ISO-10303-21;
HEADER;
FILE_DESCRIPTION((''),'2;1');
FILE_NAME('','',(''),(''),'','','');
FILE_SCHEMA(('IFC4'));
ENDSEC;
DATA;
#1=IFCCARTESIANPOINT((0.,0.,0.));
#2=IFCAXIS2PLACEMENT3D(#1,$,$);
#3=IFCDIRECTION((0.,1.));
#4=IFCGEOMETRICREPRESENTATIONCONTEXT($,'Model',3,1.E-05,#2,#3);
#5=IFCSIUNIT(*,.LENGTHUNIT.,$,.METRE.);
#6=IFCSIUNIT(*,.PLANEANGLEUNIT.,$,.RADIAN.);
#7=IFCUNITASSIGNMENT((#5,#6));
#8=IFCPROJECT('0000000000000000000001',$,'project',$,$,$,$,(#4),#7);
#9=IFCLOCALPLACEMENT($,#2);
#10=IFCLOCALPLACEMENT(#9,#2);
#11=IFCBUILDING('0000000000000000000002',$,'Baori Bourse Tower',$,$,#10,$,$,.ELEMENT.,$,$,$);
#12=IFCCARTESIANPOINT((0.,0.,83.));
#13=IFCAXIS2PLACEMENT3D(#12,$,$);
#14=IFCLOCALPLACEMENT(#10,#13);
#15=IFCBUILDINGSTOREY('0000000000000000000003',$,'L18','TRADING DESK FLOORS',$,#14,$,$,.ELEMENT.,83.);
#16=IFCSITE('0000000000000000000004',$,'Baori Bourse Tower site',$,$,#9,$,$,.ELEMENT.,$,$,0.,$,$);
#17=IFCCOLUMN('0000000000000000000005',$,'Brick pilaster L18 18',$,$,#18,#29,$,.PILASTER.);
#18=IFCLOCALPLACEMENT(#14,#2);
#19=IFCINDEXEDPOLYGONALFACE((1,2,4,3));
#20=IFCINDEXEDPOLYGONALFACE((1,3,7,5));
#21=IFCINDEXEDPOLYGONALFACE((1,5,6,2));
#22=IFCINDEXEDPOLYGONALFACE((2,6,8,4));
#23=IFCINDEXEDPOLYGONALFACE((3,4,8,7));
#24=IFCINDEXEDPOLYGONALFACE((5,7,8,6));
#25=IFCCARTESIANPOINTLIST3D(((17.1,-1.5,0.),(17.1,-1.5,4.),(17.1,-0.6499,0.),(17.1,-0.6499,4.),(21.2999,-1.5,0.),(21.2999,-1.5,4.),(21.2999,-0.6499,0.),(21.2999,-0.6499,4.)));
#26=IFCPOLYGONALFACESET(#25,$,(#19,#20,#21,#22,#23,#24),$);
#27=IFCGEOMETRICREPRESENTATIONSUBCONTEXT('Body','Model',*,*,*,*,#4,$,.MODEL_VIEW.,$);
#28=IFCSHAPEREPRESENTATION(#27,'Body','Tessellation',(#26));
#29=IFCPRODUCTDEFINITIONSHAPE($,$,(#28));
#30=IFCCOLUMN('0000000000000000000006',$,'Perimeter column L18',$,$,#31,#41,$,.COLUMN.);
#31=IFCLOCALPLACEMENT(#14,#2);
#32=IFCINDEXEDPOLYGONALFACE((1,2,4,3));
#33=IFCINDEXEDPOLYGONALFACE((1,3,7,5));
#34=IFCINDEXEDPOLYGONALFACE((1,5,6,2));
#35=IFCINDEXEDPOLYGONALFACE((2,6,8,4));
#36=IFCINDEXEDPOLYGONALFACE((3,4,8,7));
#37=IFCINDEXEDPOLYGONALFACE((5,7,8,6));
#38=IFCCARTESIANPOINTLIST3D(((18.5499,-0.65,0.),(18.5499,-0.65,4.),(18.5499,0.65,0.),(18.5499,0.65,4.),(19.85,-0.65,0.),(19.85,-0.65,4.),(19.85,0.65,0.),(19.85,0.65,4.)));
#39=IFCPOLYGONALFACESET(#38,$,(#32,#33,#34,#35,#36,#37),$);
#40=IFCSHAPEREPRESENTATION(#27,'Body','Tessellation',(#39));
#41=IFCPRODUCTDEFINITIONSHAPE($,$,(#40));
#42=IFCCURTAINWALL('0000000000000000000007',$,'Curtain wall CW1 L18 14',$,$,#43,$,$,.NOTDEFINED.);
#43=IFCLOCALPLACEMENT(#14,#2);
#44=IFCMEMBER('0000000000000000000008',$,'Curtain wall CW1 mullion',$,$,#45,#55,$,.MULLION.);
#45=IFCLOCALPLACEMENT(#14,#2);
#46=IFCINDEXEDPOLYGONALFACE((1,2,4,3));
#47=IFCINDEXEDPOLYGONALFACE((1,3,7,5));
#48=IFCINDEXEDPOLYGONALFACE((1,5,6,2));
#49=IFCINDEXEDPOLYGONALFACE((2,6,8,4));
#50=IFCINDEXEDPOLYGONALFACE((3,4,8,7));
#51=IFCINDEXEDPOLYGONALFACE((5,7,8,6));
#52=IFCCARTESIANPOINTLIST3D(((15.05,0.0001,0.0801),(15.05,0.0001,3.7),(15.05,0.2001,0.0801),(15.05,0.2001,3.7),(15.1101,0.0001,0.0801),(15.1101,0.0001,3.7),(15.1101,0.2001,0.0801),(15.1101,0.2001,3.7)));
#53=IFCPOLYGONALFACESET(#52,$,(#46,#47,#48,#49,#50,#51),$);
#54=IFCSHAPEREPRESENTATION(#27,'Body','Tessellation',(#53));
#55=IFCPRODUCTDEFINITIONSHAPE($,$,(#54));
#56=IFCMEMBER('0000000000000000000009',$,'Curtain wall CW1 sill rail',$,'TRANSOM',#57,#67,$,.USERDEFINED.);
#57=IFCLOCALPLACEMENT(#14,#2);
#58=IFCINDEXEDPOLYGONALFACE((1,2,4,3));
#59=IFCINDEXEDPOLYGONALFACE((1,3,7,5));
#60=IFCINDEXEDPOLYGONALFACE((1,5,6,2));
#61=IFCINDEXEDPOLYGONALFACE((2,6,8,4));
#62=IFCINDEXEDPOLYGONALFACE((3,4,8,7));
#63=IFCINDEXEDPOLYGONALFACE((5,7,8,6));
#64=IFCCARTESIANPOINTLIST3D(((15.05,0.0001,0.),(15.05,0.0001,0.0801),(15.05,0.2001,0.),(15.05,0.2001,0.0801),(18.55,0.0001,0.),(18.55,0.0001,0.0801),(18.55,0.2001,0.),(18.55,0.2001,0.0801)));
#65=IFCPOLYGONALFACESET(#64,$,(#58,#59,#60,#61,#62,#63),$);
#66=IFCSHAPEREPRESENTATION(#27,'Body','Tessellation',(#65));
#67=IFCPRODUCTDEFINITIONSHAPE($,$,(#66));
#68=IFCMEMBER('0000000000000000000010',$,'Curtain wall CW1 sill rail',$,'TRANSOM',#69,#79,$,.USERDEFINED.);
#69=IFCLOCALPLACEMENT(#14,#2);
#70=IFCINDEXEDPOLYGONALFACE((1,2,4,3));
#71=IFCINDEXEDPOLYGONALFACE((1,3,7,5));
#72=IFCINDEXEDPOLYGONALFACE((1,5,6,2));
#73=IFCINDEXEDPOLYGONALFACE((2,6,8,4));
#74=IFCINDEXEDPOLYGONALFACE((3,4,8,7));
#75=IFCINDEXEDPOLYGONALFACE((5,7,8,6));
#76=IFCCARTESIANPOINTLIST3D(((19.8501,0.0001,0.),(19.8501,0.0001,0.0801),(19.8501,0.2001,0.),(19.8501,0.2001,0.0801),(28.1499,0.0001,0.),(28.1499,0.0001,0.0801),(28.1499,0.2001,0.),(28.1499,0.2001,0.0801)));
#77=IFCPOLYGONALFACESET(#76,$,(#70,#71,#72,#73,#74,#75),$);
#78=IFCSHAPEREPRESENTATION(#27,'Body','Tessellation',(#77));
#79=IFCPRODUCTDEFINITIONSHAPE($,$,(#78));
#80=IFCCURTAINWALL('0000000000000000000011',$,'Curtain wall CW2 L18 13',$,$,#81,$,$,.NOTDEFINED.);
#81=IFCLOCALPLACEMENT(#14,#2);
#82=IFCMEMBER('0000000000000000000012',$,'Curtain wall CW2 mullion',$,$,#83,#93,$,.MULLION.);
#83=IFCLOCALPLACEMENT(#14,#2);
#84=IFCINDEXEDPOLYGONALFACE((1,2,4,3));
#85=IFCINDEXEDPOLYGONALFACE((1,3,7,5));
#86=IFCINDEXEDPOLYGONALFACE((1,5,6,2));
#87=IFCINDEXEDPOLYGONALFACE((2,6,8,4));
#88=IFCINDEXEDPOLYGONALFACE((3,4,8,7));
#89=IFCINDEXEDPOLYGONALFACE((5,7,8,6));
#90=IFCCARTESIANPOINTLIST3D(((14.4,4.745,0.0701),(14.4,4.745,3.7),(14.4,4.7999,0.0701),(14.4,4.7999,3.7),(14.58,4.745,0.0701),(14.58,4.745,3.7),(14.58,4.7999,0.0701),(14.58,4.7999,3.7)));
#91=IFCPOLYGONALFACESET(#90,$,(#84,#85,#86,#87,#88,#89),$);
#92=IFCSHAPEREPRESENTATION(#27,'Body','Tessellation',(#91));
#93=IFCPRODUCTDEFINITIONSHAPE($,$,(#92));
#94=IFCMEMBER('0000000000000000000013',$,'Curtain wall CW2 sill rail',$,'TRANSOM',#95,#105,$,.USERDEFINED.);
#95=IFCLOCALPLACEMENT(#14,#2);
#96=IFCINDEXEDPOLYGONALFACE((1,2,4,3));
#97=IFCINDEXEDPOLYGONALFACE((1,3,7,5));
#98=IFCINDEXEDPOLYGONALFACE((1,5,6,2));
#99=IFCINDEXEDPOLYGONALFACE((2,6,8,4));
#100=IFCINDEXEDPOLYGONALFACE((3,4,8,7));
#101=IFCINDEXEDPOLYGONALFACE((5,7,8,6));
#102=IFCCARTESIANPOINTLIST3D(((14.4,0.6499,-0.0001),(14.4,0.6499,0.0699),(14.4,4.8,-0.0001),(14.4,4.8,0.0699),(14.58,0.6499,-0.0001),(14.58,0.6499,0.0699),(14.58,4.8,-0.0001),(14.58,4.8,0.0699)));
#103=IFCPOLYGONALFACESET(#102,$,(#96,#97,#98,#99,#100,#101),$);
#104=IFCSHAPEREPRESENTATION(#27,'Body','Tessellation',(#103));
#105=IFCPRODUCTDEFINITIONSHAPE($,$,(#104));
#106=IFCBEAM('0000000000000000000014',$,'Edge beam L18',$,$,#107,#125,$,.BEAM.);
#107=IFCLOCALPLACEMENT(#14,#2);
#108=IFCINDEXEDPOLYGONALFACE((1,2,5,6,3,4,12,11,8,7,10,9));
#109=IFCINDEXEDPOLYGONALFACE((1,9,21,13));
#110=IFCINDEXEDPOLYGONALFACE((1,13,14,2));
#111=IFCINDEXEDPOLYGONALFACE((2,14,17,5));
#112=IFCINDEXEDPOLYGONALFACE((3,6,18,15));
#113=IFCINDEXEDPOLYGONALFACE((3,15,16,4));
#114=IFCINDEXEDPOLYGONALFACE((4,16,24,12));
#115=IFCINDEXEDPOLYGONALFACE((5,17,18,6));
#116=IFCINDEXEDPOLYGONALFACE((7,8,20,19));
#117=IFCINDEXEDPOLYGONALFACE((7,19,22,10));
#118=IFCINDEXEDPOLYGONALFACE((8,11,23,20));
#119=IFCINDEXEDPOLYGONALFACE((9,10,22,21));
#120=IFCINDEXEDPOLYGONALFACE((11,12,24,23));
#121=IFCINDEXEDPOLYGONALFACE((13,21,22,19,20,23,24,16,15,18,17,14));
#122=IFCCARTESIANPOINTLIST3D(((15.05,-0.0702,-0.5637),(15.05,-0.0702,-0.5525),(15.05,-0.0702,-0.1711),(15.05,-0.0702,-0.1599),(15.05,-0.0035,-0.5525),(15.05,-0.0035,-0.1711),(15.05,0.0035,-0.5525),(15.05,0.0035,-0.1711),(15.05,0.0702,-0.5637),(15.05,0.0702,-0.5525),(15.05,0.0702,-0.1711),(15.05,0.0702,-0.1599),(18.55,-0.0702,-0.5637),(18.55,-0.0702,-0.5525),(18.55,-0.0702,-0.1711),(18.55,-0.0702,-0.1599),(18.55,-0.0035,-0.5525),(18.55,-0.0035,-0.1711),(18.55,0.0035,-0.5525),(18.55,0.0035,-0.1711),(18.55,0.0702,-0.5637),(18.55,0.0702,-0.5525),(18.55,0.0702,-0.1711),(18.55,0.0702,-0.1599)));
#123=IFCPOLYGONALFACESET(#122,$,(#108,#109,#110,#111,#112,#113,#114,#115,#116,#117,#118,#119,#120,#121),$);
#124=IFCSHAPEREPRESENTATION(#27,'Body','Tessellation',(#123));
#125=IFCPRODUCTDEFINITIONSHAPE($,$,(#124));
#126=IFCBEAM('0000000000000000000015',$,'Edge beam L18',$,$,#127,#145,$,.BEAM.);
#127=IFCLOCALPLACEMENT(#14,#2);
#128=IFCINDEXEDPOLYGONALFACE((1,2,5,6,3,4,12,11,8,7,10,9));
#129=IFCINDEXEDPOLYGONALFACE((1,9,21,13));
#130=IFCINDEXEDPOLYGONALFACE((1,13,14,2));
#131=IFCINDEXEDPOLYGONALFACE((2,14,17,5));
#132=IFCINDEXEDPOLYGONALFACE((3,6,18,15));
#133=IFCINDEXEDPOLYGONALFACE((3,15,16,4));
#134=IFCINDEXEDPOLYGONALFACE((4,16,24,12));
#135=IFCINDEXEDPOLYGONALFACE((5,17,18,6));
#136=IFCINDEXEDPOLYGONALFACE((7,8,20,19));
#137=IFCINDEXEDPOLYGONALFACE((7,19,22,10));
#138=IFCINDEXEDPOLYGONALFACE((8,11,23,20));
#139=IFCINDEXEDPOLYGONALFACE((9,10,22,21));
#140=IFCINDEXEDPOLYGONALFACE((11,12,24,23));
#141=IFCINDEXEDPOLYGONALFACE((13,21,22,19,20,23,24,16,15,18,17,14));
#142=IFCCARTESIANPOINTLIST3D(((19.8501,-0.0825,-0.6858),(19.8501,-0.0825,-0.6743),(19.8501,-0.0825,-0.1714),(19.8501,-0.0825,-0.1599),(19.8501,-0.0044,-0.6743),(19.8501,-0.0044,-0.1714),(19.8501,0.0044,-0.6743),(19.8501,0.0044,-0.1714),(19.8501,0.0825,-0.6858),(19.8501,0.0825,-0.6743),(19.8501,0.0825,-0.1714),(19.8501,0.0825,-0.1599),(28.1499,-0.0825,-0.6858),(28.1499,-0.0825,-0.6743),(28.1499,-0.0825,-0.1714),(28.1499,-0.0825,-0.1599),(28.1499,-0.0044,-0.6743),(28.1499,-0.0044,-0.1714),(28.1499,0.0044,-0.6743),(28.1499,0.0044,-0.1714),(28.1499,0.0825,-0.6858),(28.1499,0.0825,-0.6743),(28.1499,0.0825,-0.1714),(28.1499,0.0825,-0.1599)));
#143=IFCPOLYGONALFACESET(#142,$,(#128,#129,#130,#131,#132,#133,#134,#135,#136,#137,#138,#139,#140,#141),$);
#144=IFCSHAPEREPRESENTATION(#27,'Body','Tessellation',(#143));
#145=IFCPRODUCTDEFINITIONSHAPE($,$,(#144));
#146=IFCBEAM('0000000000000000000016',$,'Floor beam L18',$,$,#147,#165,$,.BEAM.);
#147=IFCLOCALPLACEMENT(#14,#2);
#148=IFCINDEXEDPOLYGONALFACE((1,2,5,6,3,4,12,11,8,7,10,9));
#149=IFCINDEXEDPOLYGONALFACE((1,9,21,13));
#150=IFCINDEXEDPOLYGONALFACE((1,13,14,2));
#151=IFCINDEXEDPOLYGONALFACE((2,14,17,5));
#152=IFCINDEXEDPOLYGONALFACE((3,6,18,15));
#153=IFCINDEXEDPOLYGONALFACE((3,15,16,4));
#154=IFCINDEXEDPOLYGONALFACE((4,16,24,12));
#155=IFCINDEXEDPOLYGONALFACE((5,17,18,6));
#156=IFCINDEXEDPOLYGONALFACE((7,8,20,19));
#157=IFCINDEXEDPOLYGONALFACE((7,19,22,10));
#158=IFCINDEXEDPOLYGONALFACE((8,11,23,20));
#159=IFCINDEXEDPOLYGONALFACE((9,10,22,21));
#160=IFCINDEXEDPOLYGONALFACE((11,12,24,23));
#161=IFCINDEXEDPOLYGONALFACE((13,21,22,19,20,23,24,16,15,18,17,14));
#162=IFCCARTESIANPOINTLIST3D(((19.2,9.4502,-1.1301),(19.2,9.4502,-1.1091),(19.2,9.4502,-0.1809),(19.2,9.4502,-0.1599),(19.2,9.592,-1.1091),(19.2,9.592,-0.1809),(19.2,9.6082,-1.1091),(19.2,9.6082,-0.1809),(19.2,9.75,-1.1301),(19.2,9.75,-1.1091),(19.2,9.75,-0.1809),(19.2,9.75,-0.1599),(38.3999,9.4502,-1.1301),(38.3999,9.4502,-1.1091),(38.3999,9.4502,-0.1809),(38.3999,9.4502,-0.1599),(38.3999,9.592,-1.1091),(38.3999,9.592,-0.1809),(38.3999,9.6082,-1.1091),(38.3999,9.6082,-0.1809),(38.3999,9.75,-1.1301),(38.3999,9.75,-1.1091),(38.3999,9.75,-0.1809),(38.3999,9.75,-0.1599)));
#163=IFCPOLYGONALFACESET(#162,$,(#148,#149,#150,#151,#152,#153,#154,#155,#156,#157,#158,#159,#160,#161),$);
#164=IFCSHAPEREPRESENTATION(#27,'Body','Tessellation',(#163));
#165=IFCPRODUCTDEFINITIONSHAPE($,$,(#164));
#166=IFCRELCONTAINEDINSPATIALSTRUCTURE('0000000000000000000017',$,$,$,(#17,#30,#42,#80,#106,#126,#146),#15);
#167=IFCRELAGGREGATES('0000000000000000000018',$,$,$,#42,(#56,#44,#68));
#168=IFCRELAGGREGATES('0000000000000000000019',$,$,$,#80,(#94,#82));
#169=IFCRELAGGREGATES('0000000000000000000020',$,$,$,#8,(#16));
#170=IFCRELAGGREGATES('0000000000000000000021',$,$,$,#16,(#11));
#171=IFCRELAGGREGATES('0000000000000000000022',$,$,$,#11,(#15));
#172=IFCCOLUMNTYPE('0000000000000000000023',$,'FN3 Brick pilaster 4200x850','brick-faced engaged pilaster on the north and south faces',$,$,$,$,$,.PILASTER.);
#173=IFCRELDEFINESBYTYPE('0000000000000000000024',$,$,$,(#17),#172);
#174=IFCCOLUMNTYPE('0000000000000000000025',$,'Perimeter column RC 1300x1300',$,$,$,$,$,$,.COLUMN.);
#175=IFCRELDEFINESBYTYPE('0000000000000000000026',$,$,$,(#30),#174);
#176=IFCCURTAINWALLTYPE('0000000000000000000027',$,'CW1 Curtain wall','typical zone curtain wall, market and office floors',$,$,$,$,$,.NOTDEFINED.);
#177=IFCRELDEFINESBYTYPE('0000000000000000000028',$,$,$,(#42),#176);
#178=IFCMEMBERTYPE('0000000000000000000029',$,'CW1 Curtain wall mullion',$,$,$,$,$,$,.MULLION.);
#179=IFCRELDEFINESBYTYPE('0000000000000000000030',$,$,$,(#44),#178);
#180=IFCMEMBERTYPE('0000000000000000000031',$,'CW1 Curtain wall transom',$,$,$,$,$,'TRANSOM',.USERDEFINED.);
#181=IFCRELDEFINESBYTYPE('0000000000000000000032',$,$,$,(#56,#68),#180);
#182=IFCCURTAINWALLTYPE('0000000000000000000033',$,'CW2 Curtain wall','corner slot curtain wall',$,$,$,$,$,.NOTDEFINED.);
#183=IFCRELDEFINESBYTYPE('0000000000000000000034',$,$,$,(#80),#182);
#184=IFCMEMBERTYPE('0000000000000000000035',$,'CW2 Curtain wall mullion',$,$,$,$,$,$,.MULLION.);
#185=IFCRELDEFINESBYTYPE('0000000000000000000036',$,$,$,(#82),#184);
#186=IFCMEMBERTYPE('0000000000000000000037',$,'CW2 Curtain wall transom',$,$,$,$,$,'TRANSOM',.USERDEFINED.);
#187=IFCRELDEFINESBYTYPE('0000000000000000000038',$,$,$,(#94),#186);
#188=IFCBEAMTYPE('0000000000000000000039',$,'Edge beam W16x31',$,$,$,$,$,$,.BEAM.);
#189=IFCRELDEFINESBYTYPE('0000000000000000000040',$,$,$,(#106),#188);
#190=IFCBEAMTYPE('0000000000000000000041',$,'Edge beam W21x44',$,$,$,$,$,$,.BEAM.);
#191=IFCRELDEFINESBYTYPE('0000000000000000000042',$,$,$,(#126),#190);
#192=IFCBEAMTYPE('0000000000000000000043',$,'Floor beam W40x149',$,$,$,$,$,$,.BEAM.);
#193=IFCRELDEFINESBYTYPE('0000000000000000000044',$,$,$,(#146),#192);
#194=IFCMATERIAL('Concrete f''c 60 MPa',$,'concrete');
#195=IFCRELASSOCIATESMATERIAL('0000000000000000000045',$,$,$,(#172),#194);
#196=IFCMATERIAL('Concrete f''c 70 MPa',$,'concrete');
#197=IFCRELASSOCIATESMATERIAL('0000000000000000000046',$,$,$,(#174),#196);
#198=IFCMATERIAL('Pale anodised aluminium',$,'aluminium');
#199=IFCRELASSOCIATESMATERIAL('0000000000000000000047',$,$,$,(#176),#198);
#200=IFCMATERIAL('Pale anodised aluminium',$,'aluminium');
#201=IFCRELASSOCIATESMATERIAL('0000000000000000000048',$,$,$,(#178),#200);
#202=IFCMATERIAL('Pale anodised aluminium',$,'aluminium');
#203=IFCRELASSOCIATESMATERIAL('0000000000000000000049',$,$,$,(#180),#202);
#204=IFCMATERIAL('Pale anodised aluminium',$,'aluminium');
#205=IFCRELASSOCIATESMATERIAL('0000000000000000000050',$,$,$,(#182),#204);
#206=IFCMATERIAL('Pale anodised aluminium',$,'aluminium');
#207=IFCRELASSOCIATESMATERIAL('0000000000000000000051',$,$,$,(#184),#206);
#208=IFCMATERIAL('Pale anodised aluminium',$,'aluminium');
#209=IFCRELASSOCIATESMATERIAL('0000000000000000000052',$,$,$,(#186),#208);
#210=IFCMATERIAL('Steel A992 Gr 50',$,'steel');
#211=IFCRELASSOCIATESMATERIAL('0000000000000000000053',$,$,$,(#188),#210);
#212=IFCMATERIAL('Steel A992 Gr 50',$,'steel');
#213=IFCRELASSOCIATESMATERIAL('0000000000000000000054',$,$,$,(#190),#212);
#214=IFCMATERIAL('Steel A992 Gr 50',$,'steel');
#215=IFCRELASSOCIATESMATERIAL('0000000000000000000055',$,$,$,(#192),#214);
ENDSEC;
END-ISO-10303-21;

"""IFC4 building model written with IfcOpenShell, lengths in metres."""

from ifc_helpers import new_model, si_unit, direction, frame, origin, origin_2d, place, context, subcontext, project, spatial, rectangle, i_section, extrude, material, material_profile, profile_set, type_object, element, aggregate, save


model = new_model("IFC4")

# Units and contexts
model_context = context("Model", 3, precision=1e-05, world=origin(), true_north=direction((0.0, 1.0)))
body_context = subcontext(model_context, "Body", "Model", "MODEL_VIEW")
ifc_project = project(units=[si_unit("LENGTHUNIT", "METRE"), si_unit("PLANEANGLEUNIT", "RADIAN")], contexts=[model_context])

# Site, building, storey
site_placement = place(None, origin())
site = spatial("IfcSite", under=ifc_project, at=site_placement, Name="Baori Bourse Tower site", CompositionType="ELEMENT", RefElevation=0.0)
building_placement = place(site_placement, origin())
building = spatial("IfcBuilding", under=site, at=building_placement, Name="Baori Bourse Tower", CompositionType="ELEMENT")
storey_placement = place(building_placement, frame((0.0, 0.0, 83.0)))
storey = spatial("IfcBuildingStorey", under=building, at=storey_placement, Name="L18", Description="TRADING DESK FLOORS", CompositionType="ELEMENT", Elevation=83.0)

# Columns
ifc_material_1 = material(Name="Concrete f'c 60 MPa", Category="concrete")
ifc_material_profile_1 = material_profile(ifc_material_1, rectangle(XDim=4.2, YDim=0.8501, at=origin_2d()), Name="RC 4200x850")
ifc_profile_set_1 = profile_set([ifc_material_profile_1], Name="Concrete f'c 60 MPa")
column_type_1 = type_object("IfcColumnType", Name="FN3 Brick pilaster 4200x850", Description="brick-faced engaged pilaster on the north and south faces", PredefinedType="PILASTER", material=ifc_profile_set_1)
column_1_placement = place(storey_placement, frame((19.2, -1.075, 0.0), z_axis=(0.0, 0.0, 1.0), x_axis=(1.0, 0.0, 0.0)))
element("IfcColumn", 1, at=column_1_placement, inside=storey, type_object=column_type_1, Name="Brick pilaster L18 18", PredefinedType="PILASTER", context=body_context, shape_type="SweptSolid", body=[
    extrude(rectangle(XDim=4.2, YDim=0.8501, at=origin_2d()), origin(), (0.0, 0.0, 1.0), 4.0),
])
ifc_material_2 = material(Name="Concrete f'c 70 MPa", Category="concrete")
ifc_material_profile_2 = material_profile(ifc_material_2, rectangle(XDim=1.3, YDim=1.3, at=origin_2d()), Name="RC 1300x1300")
ifc_profile_set_2 = profile_set([ifc_material_profile_2], Name="Concrete f'c 70 MPa")
column_type_2 = type_object("IfcColumnType", Name="Perimeter column RC 1300x1300", PredefinedType="COLUMN", material=ifc_profile_set_2)
column_2_placement = place(storey_placement, frame((19.2, 0.0, 0.0), z_axis=(0.0, 0.0, 1.0), x_axis=(1.0, 0.0, 0.0)))
element("IfcColumn", 2, at=column_2_placement, inside=storey, type_object=column_type_2, Name="Perimeter column L18", PredefinedType="COLUMN", context=body_context, shape_type="SweptSolid", body=[
    extrude(rectangle(XDim=1.3, YDim=1.3, at=origin_2d()), origin(), (0.0, 0.0, 1.0), 4.0),
])

# Curtain walls, members
ifc_material_3 = material(Name="Pale anodised aluminium", Category="aluminium")
curtain_wall_type_1 = type_object("IfcCurtainWallType", Name="CW1 Curtain wall", Description="typical zone curtain wall, market and office floors", PredefinedType="NOTDEFINED", material=ifc_material_3)
curtain_wall_1_placement = place(storey_placement, origin())
curtain_wall_1 = element("IfcCurtainWall", 3, at=curtain_wall_1_placement, inside=storey, type_object=curtain_wall_type_1, Name="Curtain wall CW1 L18 14", PredefinedType="NOTDEFINED")
ifc_material_4 = material(Name="Pale anodised aluminium", Category="aluminium")
ifc_material_profile_3 = material_profile(ifc_material_4, rectangle(XDim=0.2, YDim=0.0601, at=origin_2d()), Name="Mullion 60x200")
ifc_profile_set_3 = profile_set([ifc_material_profile_3], Name="Pale anodised aluminium")
member_type_1 = type_object("IfcMemberType", Name="CW1 Curtain wall mullion", PredefinedType="MULLION", material=ifc_profile_set_3)
member_1_placement = place(storey_placement, frame((15.0801, 0.1001, 0.0801), z_axis=(0.0, 0.0, 1.0), x_axis=(0.0, 1.0, 0.0)))
member_1 = element("IfcMember", 4, at=member_1_placement, type_object=member_type_1, Name="Curtain wall CW1 mullion", PredefinedType="MULLION", context=body_context, shape_type="SweptSolid", body=[
    extrude(rectangle(XDim=0.2, YDim=0.0601, at=origin_2d()), origin(), (0.0, 0.0, 1.0), 3.6199),
])
ifc_material_5 = material(Name="Pale anodised aluminium", Category="aluminium")
ifc_material_profile_4 = material_profile(ifc_material_5, rectangle(XDim=0.2, YDim=0.0801, at=origin_2d()), Name="Transom 80x200")
ifc_profile_set_4 = profile_set([ifc_material_profile_4], Name="Pale anodised aluminium")
member_type_2 = type_object("IfcMemberType", Name="CW1 Curtain wall transom", ElementType="TRANSOM", PredefinedType="USERDEFINED", material=ifc_profile_set_4)
member_2_placement = place(storey_placement, frame((15.05, 0.1001, 0.04), z_axis=(1.0, 0.0, 0.0), x_axis=(0.0, 1.0, 0.0)))
member_2 = element("IfcMember", 5, at=member_2_placement, type_object=member_type_2, Name="Curtain wall CW1 sill rail", ObjectType="TRANSOM", PredefinedType="USERDEFINED", context=body_context, shape_type="SweptSolid", body=[
    extrude(rectangle(XDim=0.2, YDim=0.0801, at=origin_2d()), origin(), (0.0, 0.0, 1.0), 3.5),
])
member_3_placement = place(storey_placement, frame((19.8501, 0.1001, 0.04), z_axis=(1.0, 0.0, 0.0), x_axis=(0.0, 1.0, 0.0)))
member_3 = element("IfcMember", 6, at=member_3_placement, type_object=member_type_2, Name="Curtain wall CW1 sill rail", ObjectType="TRANSOM", PredefinedType="USERDEFINED", context=body_context, shape_type="SweptSolid", body=[
    extrude(rectangle(XDim=0.2, YDim=0.0801, at=origin_2d()), origin(), (0.0, 0.0, 1.0), 8.2998),
])
ifc_material_6 = material(Name="Pale anodised aluminium", Category="aluminium")
curtain_wall_type_2 = type_object("IfcCurtainWallType", Name="CW2 Curtain wall", Description="corner slot curtain wall", PredefinedType="NOTDEFINED", material=ifc_material_6)
curtain_wall_2_placement = place(storey_placement, origin())
curtain_wall_2 = element("IfcCurtainWall", 7, at=curtain_wall_2_placement, inside=storey, type_object=curtain_wall_type_2, Name="Curtain wall CW2 L18 13", PredefinedType="NOTDEFINED")
ifc_material_7 = material(Name="Pale anodised aluminium", Category="aluminium")
ifc_material_profile_5 = material_profile(ifc_material_7, rectangle(XDim=0.1799, YDim=0.0549, at=origin_2d()), Name="Mullion 55x180")
ifc_profile_set_5 = profile_set([ifc_material_profile_5], Name="Pale anodised aluminium")
member_type_3 = type_object("IfcMemberType", Name="CW2 Curtain wall mullion", PredefinedType="MULLION", material=ifc_profile_set_5)
member_4_placement = place(storey_placement, frame((14.49, 4.7725, 0.0701), z_axis=(0.0, 0.0, 1.0), x_axis=(1.0, 0.0, 0.0)))
member_4 = element("IfcMember", 8, at=member_4_placement, type_object=member_type_3, Name="Curtain wall CW2 mullion", PredefinedType="MULLION", context=body_context, shape_type="SweptSolid", body=[
    extrude(rectangle(XDim=0.1799, YDim=0.0549, at=origin_2d()), origin(), (0.0, 0.0, 1.0), 3.6299),
])
ifc_material_8 = material(Name="Pale anodised aluminium", Category="aluminium")
ifc_material_profile_6 = material_profile(ifc_material_8, rectangle(XDim=0.1799, YDim=0.0701, at=origin_2d()), Name="Transom 70x180")
ifc_profile_set_6 = profile_set([ifc_material_profile_6], Name="Pale anodised aluminium")
member_type_4 = type_object("IfcMemberType", Name="CW2 Curtain wall transom", ElementType="TRANSOM", PredefinedType="USERDEFINED", material=ifc_profile_set_6)
member_5_placement = place(storey_placement, frame((14.49, 4.8, 0.0349), z_axis=(0.0, -1.0, 0.0), x_axis=(1.0, 0.0, 0.0)))
member_5 = element("IfcMember", 9, at=member_5_placement, type_object=member_type_4, Name="Curtain wall CW2 sill rail", ObjectType="TRANSOM", PredefinedType="USERDEFINED", context=body_context, shape_type="SweptSolid", body=[
    extrude(rectangle(XDim=0.1799, YDim=0.0701, at=origin_2d()), origin(), (0.0, 0.0, 1.0), 4.1501),
])

# Beams
ifc_material_9 = material(Name="Steel A992 Gr 50", Category="steel")
ifc_material_profile_7 = material_profile(ifc_material_9, i_section(OverallWidth=0.1404, OverallDepth=0.4038, WebThickness=0.0071, FlangeThickness=0.0112, at=origin_2d()), Name="W16x31")
ifc_profile_set_7 = profile_set([ifc_material_profile_7], Name="Steel A992 Gr 50")
beam_type_1 = type_object("IfcBeamType", Name="Edge beam W16x31", PredefinedType="BEAM", material=ifc_profile_set_7)
beam_1_placement = place(storey_placement, frame((15.05, 0.0, -0.3618), z_axis=(1.0, 0.0, 0.0), x_axis=(0.0, 1.0, 0.0)))
element("IfcBeam", 10, at=beam_1_placement, inside=storey, type_object=beam_type_1, Name="Edge beam L18", PredefinedType="BEAM", context=body_context, shape_type="SweptSolid", body=[
    extrude(i_section(OverallWidth=0.1404, OverallDepth=0.4038, WebThickness=0.0071, FlangeThickness=0.0112, at=origin_2d()), origin(), (0.0, 0.0, 1.0), 3.5),
])
ifc_material_10 = material(Name="Steel A992 Gr 50", Category="steel")
ifc_material_profile_8 = material_profile(ifc_material_10, i_section(OverallWidth=0.165, OverallDepth=0.5259, WebThickness=0.0088, FlangeThickness=0.0115, at=origin_2d()), Name="W21x44")
ifc_profile_set_8 = profile_set([ifc_material_profile_8], Name="Steel A992 Gr 50")
beam_type_2 = type_object("IfcBeamType", Name="Edge beam W21x44", PredefinedType="BEAM", material=ifc_profile_set_8)
beam_2_placement = place(storey_placement, frame((19.8501, 0.0, -0.4229), z_axis=(1.0, 0.0, 0.0), x_axis=(0.0, 1.0, 0.0)))
element("IfcBeam", 11, at=beam_2_placement, inside=storey, type_object=beam_type_2, Name="Edge beam L18", PredefinedType="BEAM", context=body_context, shape_type="SweptSolid", body=[
    extrude(i_section(OverallWidth=0.165, OverallDepth=0.5259, WebThickness=0.0088, FlangeThickness=0.0115, at=origin_2d()), origin(), (0.0, 0.0, 1.0), 8.2998),
])
ifc_material_11 = material(Name="Steel A992 Gr 50", Category="steel")
ifc_material_profile_9 = material_profile(ifc_material_11, i_section(OverallWidth=0.2998, OverallDepth=0.9702, WebThickness=0.0161, FlangeThickness=0.021, at=origin_2d()), Name="W40x149")
ifc_profile_set_9 = profile_set([ifc_material_profile_9], Name="Steel A992 Gr 50")
beam_type_3 = type_object("IfcBeamType", Name="Floor beam W40x149", PredefinedType="BEAM", material=ifc_profile_set_9)
beam_3_placement = place(storey_placement, frame((19.2, 9.6001, -0.645), z_axis=(1.0, 0.0, 0.0), x_axis=(0.0, 1.0, 0.0)))
element("IfcBeam", 12, at=beam_3_placement, inside=storey, type_object=beam_type_3, Name="Floor beam L18", PredefinedType="BEAM", context=body_context, shape_type="SweptSolid", body=[
    extrude(i_section(OverallWidth=0.2998, OverallDepth=0.9702, WebThickness=0.0161, FlangeThickness=0.021, at=origin_2d()), origin(), (0.0, 0.0, 1.0), 19.2),
])

aggregate(curtain_wall_1, [member_2, member_1, member_3])
aggregate(curtain_wall_2, [member_5, member_4])

save(model, "model.ifc")
